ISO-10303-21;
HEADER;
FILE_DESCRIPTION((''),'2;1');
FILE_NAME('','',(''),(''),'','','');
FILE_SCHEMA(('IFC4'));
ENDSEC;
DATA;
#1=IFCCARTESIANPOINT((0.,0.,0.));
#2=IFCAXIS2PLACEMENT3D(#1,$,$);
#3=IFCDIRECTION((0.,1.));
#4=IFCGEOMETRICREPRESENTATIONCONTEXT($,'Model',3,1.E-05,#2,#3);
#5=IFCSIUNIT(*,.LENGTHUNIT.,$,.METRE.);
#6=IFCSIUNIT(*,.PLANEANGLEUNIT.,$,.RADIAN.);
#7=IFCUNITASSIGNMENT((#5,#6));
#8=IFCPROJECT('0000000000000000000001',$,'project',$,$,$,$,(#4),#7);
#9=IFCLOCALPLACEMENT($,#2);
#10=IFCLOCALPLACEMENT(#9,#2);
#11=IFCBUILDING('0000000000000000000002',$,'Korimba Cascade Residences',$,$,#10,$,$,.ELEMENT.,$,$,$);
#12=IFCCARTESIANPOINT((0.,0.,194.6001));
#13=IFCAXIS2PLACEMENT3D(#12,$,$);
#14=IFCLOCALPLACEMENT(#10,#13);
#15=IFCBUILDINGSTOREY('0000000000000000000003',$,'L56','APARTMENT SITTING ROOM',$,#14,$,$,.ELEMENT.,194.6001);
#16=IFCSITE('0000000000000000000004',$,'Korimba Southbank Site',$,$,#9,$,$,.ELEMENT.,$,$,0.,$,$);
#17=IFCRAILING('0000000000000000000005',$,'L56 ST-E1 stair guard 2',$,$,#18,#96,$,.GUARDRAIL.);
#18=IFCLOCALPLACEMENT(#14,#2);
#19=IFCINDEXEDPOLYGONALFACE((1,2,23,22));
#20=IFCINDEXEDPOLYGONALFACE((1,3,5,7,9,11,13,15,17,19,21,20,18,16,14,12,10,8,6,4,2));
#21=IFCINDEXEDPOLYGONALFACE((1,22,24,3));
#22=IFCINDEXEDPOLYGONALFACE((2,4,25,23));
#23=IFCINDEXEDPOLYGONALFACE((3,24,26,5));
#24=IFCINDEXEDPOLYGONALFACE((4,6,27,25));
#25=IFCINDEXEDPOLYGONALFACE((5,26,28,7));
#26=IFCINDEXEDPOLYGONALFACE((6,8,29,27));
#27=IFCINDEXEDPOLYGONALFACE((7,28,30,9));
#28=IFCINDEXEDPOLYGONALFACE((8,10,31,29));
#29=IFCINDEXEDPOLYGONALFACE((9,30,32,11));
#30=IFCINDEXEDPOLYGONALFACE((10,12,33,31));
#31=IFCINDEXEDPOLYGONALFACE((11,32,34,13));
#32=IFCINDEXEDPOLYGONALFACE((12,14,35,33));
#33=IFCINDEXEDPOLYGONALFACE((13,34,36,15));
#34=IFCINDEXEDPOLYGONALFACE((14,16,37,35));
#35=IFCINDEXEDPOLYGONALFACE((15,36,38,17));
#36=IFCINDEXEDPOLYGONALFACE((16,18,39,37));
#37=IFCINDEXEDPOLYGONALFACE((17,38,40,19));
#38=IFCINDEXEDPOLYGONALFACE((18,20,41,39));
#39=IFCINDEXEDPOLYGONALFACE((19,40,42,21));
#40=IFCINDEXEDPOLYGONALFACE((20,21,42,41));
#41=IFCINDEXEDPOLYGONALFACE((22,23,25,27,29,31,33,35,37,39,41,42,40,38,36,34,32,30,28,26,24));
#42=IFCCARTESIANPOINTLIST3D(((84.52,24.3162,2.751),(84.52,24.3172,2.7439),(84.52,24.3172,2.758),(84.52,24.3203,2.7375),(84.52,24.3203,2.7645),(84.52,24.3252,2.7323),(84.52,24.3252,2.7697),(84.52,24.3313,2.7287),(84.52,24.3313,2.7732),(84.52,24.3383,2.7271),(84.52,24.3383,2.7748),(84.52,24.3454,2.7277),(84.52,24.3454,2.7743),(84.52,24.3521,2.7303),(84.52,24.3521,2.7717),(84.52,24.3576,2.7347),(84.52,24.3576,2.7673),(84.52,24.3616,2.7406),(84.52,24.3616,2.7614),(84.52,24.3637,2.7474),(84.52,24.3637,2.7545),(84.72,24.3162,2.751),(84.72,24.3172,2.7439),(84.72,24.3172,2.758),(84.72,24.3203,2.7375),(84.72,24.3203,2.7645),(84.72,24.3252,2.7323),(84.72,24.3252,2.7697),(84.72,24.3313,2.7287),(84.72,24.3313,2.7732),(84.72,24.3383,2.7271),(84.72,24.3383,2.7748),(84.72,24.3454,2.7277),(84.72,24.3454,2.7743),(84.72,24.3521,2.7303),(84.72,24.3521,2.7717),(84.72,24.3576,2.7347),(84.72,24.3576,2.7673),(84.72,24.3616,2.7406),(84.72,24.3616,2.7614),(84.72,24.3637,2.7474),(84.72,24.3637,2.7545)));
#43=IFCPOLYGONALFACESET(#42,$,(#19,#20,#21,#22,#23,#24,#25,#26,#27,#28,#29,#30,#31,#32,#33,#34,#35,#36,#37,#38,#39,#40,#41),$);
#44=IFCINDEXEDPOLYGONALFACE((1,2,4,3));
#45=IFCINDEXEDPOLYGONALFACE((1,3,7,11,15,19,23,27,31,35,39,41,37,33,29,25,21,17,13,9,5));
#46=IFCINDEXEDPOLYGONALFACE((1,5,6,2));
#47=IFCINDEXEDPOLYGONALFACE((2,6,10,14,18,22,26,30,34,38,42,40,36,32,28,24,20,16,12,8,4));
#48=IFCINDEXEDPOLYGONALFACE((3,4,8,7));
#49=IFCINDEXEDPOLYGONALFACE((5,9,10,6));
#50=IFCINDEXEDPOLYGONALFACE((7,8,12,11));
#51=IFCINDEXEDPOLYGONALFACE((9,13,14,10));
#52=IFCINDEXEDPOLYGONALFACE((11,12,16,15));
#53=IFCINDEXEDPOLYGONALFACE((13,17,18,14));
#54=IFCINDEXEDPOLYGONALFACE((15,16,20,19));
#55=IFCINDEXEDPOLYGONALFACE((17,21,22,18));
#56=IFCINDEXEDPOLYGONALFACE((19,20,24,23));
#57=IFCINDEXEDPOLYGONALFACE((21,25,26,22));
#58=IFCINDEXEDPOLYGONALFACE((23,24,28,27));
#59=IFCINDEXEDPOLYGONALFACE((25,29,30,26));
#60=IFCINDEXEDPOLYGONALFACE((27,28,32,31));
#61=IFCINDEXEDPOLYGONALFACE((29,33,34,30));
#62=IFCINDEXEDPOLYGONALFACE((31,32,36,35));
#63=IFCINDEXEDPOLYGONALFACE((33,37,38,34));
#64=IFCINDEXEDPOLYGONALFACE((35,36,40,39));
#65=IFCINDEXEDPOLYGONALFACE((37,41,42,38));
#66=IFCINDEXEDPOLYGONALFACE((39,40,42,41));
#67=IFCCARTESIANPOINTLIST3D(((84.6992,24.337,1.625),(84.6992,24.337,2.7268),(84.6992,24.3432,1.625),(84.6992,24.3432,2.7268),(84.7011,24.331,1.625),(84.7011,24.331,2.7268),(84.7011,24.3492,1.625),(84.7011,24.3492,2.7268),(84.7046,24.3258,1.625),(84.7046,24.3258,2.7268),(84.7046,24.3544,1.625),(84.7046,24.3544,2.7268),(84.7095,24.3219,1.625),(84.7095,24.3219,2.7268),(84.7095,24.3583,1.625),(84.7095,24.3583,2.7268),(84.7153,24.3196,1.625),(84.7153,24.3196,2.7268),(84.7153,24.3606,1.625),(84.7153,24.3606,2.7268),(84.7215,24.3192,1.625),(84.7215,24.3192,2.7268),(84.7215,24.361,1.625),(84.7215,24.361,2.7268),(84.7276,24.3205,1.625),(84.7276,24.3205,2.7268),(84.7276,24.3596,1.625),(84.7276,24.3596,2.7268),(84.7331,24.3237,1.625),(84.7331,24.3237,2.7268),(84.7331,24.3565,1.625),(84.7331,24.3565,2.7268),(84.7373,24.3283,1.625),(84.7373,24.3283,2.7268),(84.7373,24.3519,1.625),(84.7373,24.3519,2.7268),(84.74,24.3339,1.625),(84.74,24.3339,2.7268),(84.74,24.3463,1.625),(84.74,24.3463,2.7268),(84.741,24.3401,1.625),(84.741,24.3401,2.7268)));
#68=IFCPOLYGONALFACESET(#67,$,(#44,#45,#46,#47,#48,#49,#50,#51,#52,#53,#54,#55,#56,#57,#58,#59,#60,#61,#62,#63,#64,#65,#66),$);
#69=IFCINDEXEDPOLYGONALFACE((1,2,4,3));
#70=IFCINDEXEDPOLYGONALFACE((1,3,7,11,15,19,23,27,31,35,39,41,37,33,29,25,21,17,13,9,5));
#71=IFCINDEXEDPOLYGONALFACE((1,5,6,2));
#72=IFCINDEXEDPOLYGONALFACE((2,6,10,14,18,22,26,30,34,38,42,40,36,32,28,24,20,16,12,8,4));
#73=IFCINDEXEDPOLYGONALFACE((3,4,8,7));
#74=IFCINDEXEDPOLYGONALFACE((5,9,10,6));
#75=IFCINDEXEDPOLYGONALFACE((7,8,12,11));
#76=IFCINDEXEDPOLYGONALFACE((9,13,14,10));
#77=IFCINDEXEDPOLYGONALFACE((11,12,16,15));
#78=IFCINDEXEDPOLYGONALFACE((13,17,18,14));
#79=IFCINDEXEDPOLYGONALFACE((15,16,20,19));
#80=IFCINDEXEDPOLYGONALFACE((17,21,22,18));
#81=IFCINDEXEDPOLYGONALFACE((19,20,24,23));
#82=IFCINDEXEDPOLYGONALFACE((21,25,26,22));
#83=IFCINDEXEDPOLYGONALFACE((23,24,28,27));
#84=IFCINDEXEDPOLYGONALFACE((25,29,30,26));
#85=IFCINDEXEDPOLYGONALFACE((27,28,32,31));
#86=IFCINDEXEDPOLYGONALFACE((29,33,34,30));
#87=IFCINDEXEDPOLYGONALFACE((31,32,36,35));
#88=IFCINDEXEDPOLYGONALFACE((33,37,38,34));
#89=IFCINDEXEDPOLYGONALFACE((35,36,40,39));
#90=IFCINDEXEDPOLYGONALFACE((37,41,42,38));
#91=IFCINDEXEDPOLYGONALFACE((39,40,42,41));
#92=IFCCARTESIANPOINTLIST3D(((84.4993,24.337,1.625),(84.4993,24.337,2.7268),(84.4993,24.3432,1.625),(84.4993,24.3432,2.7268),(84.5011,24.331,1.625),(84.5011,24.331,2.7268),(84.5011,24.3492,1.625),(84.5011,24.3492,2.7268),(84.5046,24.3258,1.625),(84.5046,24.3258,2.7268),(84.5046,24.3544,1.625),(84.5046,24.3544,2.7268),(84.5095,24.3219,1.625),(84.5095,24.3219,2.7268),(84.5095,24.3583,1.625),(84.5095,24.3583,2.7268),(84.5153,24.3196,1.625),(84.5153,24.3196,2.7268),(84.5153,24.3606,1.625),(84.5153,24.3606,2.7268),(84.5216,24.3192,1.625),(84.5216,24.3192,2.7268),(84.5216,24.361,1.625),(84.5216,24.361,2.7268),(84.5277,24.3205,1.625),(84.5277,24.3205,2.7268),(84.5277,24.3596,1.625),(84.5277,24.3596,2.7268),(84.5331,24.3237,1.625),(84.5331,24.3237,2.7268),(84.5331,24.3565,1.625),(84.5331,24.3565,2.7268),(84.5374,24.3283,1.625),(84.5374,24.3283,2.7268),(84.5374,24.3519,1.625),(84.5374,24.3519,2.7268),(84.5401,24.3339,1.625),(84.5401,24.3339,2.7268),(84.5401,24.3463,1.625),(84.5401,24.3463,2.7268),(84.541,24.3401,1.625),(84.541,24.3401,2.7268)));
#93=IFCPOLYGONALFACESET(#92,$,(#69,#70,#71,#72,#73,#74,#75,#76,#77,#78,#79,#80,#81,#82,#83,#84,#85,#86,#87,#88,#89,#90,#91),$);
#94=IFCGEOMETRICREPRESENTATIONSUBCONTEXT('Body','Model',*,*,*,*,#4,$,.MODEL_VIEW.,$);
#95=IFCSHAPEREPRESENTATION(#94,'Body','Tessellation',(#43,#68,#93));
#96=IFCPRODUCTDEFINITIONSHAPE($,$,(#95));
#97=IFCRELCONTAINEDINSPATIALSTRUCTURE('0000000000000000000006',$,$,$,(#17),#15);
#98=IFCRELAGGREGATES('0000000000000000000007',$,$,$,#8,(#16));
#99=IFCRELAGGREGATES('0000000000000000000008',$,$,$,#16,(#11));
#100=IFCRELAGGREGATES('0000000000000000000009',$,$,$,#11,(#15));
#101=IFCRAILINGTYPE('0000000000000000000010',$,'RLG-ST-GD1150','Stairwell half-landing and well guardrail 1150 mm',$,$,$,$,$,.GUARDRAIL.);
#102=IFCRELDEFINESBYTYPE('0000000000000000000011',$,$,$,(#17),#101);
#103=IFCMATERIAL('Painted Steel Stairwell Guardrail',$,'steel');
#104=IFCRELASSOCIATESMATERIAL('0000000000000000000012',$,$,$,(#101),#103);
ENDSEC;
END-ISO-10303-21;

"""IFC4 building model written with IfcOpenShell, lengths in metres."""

from ifc_helpers import new_model, si_unit, direction, frame, origin, origin_2d, place, context, subcontext, project, spatial, circle, extrude, material, type_object, element, save


model = new_model("IFC4")

# Units and contexts
model_context = context("Model", 3, precision=1e-05, world=origin(), true_north=direction((0.0, 1.0)))
body_context = subcontext(model_context, "Body", "Model", "MODEL_VIEW")
ifc_project = project(units=[si_unit("LENGTHUNIT", "METRE"), si_unit("PLANEANGLEUNIT", "RADIAN")], contexts=[model_context])

# Site, building, storey
site_placement = place(None, origin())
site = spatial("IfcSite", under=ifc_project, at=site_placement, Name="Korimba Southbank Site", CompositionType="ELEMENT", RefElevation=0.0)
building_placement = place(site_placement, origin())
building = spatial("IfcBuilding", under=site, at=building_placement, Name="Korimba Cascade Residences", CompositionType="ELEMENT")
storey_placement = place(building_placement, frame((0.0, 0.0, 194.6001)))
storey = spatial("IfcBuildingStorey", under=building, at=storey_placement, Name="L56", Description="APARTMENT SITTING ROOM", CompositionType="ELEMENT", Elevation=194.6001)

# Railing
ifc_material_1 = material(Name="Painted Steel Stairwell Guardrail", Category="steel")
railing_type_1 = type_object("IfcRailingType", Name="RLG-ST-GD1150", Description="Stairwell half-landing and well guardrail 1150 mm", PredefinedType="GUARDRAIL", material=ifc_material_1)
railing_1_placement = place(storey_placement, frame((84.72, 24.3401, 1.625)))
element("IfcRailing", 1, at=railing_1_placement, inside=storey, type_object=railing_type_1, Name="L56 ST-E1 stair guard 2", PredefinedType="GUARDRAIL", context=body_context, shape_type="SweptSolid", body=[
    extrude(circle(Radius=0.0239, at=origin_2d()), frame((0.0, 0.0, 1.126), z_axis=(-1.0, 0.0, 0.0), x_axis=(0.0, -1.0, 0.0)), (0.0, 0.0, 1.0), 0.2),
    extrude(circle(Radius=0.021, at=origin_2d()), origin(), (0.0, 0.0, 1.0), 1.1018),
    extrude(circle(Radius=0.021, at=origin_2d()), frame((-0.2, 0.0, 0.0)), (0.0, 0.0, 1.0), 1.1018),
])

save(model, "model.ifc")
